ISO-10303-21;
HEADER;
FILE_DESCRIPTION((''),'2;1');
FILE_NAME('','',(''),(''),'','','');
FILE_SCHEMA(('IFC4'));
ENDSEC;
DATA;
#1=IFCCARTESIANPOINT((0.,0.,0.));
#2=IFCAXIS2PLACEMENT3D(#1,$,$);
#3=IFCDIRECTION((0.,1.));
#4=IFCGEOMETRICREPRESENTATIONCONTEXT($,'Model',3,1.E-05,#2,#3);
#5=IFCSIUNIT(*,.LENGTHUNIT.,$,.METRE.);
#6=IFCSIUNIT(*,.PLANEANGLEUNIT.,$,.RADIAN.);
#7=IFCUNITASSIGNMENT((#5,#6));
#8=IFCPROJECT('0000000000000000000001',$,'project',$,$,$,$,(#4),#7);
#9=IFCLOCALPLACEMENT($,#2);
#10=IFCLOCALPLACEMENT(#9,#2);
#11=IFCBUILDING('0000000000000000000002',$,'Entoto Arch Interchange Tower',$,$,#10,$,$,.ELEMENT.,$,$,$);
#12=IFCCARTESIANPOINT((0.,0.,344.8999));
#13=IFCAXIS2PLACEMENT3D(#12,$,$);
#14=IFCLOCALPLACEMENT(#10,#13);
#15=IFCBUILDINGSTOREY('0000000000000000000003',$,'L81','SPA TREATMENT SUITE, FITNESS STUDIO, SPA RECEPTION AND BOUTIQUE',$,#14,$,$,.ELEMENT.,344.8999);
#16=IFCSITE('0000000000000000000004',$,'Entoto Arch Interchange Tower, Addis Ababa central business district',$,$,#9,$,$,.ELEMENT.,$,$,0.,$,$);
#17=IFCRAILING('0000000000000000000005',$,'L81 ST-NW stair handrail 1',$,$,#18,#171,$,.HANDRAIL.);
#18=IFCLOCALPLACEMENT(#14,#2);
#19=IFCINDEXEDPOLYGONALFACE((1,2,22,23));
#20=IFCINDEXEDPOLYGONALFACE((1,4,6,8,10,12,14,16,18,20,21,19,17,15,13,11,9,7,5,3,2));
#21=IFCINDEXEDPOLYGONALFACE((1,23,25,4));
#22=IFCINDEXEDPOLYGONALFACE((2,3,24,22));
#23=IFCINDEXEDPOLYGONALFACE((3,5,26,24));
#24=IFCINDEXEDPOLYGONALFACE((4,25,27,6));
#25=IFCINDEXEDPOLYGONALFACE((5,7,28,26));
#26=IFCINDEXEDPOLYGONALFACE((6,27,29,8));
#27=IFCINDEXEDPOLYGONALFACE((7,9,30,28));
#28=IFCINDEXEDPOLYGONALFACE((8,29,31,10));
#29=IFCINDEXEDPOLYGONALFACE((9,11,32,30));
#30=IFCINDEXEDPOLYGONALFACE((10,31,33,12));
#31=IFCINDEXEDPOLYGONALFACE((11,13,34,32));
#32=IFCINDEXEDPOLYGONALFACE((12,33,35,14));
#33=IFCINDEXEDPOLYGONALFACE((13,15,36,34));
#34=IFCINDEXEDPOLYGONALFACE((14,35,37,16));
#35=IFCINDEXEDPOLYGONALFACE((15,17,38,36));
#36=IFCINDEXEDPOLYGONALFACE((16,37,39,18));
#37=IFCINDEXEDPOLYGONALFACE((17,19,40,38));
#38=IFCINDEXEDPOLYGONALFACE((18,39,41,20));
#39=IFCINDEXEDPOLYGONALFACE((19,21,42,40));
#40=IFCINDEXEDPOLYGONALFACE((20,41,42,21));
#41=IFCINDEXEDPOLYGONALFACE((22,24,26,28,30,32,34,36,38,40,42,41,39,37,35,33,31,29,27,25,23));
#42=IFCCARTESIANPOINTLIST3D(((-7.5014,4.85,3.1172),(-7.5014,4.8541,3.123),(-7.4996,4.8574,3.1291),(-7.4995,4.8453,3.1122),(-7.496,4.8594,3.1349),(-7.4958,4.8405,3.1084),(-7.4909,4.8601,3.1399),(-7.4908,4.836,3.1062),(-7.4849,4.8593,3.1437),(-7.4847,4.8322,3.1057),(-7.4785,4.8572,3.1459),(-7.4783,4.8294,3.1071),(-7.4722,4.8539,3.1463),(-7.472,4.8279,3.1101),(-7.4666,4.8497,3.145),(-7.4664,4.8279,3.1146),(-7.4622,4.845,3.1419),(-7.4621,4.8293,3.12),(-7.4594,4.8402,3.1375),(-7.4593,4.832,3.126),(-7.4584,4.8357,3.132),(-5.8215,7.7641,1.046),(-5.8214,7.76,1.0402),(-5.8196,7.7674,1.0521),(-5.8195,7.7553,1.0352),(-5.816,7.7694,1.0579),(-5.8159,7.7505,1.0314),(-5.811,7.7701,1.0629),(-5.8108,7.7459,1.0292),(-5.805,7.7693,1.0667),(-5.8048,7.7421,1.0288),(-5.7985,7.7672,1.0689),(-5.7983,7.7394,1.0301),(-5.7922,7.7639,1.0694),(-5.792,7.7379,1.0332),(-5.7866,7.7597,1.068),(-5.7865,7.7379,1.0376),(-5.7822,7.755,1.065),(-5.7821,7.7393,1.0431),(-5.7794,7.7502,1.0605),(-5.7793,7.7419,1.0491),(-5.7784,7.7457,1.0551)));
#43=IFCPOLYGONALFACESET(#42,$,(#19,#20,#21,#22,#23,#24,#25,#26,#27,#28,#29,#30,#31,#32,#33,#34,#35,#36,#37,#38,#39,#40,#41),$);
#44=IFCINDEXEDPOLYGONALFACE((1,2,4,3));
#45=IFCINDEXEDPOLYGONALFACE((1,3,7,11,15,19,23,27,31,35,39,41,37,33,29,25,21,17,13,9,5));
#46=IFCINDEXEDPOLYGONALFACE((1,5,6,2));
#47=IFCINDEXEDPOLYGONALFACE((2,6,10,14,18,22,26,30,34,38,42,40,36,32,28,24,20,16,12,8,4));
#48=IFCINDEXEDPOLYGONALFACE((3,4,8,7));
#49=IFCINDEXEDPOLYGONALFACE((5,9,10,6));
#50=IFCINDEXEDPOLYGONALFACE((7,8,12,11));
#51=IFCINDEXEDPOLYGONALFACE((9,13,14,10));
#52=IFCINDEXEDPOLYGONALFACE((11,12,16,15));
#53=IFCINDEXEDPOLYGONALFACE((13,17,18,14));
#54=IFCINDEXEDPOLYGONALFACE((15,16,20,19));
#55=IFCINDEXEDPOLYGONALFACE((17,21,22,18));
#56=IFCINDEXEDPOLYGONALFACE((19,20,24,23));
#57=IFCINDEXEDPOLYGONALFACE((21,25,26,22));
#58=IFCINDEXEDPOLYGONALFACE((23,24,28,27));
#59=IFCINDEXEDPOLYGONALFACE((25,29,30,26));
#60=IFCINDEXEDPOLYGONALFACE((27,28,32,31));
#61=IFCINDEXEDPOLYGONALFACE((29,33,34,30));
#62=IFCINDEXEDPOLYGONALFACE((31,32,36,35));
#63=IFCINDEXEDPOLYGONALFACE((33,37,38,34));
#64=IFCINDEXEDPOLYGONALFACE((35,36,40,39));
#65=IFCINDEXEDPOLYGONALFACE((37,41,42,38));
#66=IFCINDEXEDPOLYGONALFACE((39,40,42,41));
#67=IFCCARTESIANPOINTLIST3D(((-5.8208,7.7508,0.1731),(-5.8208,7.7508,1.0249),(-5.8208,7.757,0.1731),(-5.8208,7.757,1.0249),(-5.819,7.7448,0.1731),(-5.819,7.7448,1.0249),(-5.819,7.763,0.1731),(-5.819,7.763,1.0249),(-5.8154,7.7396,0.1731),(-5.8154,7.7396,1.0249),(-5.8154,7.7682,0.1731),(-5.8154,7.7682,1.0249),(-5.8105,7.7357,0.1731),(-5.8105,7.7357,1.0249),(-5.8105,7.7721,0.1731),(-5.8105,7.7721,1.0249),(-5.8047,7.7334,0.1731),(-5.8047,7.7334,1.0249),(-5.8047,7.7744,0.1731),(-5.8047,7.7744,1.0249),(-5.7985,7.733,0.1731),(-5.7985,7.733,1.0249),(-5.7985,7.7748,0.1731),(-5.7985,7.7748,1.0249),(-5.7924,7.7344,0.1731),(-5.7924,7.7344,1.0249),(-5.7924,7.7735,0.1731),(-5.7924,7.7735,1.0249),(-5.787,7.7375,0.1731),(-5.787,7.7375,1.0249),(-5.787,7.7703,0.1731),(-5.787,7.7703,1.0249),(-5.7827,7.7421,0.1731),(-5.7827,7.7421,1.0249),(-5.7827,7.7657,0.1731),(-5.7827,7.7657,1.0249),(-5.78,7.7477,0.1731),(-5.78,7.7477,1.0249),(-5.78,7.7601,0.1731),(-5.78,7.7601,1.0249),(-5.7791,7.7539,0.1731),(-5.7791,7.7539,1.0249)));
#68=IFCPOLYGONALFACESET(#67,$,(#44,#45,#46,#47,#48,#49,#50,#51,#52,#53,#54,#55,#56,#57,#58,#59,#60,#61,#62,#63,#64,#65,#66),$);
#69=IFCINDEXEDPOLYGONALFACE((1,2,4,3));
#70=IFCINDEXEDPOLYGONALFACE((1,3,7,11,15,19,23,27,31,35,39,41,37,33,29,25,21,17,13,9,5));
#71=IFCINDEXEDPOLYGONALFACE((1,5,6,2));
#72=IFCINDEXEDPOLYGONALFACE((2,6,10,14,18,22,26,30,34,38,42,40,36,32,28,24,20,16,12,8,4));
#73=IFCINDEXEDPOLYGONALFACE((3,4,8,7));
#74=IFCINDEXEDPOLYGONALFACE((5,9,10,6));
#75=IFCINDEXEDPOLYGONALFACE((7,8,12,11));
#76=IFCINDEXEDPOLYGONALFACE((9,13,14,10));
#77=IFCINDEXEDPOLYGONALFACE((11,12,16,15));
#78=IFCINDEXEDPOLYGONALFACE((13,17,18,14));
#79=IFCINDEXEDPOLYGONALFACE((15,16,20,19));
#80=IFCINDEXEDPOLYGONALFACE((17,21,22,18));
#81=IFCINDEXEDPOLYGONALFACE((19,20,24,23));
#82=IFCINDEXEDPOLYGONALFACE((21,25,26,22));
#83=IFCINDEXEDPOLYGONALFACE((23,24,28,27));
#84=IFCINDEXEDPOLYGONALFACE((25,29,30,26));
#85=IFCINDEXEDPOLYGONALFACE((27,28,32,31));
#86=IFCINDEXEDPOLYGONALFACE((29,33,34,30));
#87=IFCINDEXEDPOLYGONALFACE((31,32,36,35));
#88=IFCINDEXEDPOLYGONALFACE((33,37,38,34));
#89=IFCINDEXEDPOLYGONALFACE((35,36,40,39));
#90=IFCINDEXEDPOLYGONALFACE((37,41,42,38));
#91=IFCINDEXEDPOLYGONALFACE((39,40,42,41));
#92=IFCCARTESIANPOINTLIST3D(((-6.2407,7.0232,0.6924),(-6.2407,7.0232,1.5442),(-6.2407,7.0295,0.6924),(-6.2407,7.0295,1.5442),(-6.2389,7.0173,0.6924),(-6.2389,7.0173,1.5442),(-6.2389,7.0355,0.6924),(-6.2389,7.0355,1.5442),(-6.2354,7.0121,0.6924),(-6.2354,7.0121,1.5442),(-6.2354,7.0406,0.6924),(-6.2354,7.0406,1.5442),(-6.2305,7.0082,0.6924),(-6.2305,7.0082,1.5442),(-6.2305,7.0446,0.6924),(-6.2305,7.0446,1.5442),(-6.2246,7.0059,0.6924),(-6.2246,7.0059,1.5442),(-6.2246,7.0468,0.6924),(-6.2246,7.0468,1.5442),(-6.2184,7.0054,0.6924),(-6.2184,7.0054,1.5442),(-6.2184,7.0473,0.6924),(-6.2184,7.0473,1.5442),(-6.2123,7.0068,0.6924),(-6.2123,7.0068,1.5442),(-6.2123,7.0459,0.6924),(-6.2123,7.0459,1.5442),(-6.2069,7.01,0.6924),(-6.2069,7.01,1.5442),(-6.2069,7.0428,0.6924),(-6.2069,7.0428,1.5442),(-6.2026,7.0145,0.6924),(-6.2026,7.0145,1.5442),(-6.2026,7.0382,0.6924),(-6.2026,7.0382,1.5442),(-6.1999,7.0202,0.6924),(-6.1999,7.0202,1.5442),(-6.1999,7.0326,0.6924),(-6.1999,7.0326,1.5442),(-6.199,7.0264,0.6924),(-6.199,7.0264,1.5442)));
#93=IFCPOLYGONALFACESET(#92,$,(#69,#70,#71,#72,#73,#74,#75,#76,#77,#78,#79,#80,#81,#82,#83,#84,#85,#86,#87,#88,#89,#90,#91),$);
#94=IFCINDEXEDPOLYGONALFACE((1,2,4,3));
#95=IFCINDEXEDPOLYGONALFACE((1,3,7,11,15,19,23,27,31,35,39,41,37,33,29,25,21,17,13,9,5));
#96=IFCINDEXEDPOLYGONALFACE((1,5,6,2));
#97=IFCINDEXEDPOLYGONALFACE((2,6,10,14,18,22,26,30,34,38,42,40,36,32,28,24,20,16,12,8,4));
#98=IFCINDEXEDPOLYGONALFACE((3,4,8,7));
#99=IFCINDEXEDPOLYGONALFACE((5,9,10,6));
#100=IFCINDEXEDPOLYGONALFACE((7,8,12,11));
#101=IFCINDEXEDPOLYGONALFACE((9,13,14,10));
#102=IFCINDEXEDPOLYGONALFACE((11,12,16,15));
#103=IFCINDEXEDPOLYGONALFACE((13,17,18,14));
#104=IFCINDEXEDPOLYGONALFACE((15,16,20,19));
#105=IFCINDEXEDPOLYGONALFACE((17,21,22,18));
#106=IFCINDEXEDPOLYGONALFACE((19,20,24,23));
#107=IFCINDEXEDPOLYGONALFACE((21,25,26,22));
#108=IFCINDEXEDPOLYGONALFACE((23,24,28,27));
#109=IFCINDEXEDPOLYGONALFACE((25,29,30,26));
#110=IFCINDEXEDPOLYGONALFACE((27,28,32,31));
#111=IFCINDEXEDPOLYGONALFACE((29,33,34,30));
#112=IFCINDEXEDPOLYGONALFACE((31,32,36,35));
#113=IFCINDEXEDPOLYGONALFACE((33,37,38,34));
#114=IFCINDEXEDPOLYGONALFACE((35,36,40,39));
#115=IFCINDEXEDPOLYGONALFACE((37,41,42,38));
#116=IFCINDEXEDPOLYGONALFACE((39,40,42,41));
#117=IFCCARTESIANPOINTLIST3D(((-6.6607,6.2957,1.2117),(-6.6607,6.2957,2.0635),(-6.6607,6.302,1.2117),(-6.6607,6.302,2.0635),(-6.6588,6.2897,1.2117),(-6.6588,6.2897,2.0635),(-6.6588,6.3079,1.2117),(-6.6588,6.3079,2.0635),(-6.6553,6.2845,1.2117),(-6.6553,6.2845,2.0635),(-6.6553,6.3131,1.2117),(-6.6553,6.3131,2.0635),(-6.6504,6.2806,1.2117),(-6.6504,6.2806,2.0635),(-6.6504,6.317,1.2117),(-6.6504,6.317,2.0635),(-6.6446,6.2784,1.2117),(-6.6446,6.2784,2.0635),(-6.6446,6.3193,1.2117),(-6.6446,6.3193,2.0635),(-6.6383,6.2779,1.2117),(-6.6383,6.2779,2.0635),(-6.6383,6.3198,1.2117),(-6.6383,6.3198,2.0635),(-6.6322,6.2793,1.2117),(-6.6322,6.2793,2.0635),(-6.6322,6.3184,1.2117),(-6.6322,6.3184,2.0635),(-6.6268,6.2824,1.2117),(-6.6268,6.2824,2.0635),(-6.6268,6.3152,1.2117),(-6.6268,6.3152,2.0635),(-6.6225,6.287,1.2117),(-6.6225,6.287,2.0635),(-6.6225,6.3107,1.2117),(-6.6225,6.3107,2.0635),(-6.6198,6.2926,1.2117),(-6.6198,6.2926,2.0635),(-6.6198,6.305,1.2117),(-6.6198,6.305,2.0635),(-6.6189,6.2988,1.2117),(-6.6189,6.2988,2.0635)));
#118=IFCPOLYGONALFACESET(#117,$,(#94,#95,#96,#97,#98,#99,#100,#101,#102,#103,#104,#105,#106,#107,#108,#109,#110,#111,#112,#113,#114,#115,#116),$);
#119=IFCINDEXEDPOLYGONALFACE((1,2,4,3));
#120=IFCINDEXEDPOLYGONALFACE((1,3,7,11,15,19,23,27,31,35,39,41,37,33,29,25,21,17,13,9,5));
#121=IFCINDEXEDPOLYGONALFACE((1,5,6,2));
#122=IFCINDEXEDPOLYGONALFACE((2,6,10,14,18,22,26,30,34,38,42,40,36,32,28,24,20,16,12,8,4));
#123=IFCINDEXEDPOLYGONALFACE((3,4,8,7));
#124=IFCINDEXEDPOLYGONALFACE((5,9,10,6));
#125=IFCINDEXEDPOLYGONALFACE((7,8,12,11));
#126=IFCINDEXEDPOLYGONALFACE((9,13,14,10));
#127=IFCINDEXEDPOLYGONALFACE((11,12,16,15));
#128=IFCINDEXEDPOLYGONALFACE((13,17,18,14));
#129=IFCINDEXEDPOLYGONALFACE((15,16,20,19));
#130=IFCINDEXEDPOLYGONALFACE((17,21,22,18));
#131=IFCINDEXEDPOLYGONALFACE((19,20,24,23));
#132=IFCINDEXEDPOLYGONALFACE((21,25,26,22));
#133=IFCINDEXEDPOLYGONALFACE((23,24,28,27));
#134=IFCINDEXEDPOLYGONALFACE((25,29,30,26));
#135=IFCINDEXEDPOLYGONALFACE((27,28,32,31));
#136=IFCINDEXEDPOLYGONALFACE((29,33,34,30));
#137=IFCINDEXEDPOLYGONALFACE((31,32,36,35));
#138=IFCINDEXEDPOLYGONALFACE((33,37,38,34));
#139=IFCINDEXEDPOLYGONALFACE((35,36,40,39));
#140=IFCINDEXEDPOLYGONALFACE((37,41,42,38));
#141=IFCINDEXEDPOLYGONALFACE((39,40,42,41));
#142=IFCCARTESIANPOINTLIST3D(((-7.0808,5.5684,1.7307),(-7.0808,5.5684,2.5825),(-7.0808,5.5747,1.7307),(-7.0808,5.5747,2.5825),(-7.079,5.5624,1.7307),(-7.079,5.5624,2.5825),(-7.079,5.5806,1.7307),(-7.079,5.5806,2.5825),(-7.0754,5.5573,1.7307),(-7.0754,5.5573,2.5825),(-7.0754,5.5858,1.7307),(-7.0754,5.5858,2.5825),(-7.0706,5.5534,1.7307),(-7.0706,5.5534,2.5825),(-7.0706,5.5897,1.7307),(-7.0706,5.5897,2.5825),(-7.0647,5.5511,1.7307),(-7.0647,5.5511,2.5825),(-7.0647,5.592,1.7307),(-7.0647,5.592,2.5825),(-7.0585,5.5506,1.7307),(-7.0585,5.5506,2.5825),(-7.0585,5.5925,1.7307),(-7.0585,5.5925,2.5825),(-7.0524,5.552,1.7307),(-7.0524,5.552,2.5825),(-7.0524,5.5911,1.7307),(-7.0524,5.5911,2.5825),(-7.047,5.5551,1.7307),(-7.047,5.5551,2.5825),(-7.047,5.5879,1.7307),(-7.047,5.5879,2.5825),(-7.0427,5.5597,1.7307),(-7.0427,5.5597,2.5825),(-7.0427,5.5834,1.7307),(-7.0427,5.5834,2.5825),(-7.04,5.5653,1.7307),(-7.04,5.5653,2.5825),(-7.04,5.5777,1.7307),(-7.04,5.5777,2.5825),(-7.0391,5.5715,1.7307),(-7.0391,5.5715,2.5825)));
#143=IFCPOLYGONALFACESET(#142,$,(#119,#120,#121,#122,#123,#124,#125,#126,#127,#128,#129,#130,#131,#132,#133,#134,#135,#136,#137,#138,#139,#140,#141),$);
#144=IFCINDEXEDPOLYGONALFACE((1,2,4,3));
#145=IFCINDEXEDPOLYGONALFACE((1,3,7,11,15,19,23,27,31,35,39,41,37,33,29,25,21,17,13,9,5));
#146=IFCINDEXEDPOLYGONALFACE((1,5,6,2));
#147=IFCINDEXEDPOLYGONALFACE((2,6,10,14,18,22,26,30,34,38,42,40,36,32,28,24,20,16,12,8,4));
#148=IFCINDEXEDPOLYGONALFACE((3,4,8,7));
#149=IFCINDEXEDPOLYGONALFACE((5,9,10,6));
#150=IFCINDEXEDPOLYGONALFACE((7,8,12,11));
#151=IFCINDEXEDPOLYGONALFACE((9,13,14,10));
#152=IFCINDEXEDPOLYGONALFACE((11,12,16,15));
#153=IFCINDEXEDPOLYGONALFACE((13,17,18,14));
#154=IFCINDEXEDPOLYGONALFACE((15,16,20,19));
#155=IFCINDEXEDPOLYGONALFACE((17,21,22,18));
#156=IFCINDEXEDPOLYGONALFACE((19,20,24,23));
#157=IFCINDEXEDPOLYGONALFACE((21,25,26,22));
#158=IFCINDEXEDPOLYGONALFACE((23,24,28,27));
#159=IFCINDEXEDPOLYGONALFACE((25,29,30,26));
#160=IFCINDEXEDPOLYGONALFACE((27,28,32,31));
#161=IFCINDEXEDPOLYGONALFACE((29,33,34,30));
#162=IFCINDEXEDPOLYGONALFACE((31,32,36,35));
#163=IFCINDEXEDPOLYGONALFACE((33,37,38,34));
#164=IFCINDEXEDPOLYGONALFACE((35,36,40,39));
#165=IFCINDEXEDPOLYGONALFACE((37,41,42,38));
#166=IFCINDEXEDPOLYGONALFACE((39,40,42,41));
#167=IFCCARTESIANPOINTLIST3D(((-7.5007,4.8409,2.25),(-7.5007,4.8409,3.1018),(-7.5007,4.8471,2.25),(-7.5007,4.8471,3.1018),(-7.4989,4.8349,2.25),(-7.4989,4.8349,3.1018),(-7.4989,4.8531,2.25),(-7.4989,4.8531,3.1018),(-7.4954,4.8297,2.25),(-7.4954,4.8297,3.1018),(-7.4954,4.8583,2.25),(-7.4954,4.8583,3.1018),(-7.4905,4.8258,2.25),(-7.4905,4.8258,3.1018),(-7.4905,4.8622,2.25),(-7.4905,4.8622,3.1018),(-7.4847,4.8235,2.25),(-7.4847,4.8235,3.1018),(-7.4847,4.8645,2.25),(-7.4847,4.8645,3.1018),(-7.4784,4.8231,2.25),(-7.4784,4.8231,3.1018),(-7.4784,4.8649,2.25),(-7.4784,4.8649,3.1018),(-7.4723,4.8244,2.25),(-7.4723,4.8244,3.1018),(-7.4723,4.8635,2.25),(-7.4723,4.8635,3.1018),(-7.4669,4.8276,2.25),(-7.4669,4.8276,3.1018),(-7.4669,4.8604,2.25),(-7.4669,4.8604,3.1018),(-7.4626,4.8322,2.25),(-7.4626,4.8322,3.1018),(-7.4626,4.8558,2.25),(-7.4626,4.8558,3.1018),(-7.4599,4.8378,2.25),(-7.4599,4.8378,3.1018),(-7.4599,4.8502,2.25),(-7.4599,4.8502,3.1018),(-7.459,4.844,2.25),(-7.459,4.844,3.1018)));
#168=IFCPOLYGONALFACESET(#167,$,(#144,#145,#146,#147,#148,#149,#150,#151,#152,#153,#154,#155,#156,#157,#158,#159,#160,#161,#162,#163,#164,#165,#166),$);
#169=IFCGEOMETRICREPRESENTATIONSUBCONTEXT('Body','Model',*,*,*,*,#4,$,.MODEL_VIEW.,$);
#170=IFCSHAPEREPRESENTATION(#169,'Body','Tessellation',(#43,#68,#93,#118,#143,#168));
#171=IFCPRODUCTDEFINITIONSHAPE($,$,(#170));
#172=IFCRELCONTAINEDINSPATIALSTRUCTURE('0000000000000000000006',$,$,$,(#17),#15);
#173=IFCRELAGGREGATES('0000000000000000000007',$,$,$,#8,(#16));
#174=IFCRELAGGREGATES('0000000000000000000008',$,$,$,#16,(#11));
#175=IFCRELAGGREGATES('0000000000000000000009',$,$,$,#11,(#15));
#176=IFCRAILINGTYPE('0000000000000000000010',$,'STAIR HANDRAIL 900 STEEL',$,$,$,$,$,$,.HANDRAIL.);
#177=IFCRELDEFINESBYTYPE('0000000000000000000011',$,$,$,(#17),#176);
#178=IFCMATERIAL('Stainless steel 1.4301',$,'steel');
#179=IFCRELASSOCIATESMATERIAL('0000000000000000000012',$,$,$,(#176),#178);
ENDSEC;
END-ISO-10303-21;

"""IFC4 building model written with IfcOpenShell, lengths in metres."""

from ifc_helpers import new_model, si_unit, direction, frame, origin, origin_2d, place, context, subcontext, project, spatial, circle, extrude, material, type_object, element, save


model = new_model("IFC4")

# Units and contexts
model_context = context("Model", 3, precision=1e-05, world=origin(), true_north=direction((0.0, 1.0)))
body_context = subcontext(model_context, "Body", "Model", "MODEL_VIEW")
ifc_project = project(units=[si_unit("LENGTHUNIT", "METRE"), si_unit("PLANEANGLEUNIT", "RADIAN")], contexts=[model_context])

# Site, building, storey
site_placement = place(None, origin())
site = spatial("IfcSite", under=ifc_project, at=site_placement, Name="Entoto Arch Interchange Tower, Addis Ababa central business district", CompositionType="ELEMENT", RefElevation=0.0)
building_placement = place(site_placement, origin())
building = spatial("IfcBuilding", under=site, at=building_placement, Name="Entoto Arch Interchange Tower", CompositionType="ELEMENT")
storey_placement = place(building_placement, frame((0.0, 0.0, 344.8999)))
storey = spatial("IfcBuildingStorey", under=building, at=storey_placement, Name="L81", Description="SPA TREATMENT SUITE, FITNESS STUDIO, SPA RECEPTION AND BOUTIQUE", CompositionType="ELEMENT", Elevation=344.8999)

# Railing
ifc_material_1 = material(Name="Stainless steel 1.4301", Category="steel")
railing_type = type_object("IfcRailingType", Name="STAIR HANDRAIL 900 STEEL", PredefinedType="HANDRAIL", material=ifc_material_1)
railing_placement = place(storey_placement, frame((-5.8, 7.7539, 0.1731)))
element("IfcRailing", 1, at=railing_placement, inside=storey, type_object=railing_type, Name="L81 ST-NW stair handrail 1", PredefinedType="HANDRAIL", context=body_context, shape_type="SweptSolid", body=[
    extrude(circle(Radius=0.0239, at=origin_2d()), frame((0.0, 0.0, 0.876), z_axis=(-0.425288, -0.736668, 0.525785), x_axis=(0.866039, -0.499976, 0.0)), (0.0, 0.0, 1.0), 3.9502),
    extrude(circle(Radius=0.021, at=origin_2d()), origin(), (0.0, 0.0, 1.0), 0.8518),
    extrude(circle(Radius=0.021, at=origin_2d()), frame((-0.4199, -0.7275, 0.5193)), (0.0, 0.0, 1.0), 0.8518),
    extrude(circle(Radius=0.021, at=origin_2d()), frame((-0.8398, -1.4551, 1.0386)), (0.0, 0.0, 1.0), 0.8518),
    extrude(circle(Radius=0.021, at=origin_2d()), frame((-1.26, -2.1824, 1.5576)), (0.0, 0.0, 1.0), 0.8518),
    extrude(circle(Radius=0.021, at=origin_2d()), frame((-1.6799, -2.9099, 2.0769)), (0.0, 0.0, 1.0), 0.8518),
])

save(model, "model.ifc")
